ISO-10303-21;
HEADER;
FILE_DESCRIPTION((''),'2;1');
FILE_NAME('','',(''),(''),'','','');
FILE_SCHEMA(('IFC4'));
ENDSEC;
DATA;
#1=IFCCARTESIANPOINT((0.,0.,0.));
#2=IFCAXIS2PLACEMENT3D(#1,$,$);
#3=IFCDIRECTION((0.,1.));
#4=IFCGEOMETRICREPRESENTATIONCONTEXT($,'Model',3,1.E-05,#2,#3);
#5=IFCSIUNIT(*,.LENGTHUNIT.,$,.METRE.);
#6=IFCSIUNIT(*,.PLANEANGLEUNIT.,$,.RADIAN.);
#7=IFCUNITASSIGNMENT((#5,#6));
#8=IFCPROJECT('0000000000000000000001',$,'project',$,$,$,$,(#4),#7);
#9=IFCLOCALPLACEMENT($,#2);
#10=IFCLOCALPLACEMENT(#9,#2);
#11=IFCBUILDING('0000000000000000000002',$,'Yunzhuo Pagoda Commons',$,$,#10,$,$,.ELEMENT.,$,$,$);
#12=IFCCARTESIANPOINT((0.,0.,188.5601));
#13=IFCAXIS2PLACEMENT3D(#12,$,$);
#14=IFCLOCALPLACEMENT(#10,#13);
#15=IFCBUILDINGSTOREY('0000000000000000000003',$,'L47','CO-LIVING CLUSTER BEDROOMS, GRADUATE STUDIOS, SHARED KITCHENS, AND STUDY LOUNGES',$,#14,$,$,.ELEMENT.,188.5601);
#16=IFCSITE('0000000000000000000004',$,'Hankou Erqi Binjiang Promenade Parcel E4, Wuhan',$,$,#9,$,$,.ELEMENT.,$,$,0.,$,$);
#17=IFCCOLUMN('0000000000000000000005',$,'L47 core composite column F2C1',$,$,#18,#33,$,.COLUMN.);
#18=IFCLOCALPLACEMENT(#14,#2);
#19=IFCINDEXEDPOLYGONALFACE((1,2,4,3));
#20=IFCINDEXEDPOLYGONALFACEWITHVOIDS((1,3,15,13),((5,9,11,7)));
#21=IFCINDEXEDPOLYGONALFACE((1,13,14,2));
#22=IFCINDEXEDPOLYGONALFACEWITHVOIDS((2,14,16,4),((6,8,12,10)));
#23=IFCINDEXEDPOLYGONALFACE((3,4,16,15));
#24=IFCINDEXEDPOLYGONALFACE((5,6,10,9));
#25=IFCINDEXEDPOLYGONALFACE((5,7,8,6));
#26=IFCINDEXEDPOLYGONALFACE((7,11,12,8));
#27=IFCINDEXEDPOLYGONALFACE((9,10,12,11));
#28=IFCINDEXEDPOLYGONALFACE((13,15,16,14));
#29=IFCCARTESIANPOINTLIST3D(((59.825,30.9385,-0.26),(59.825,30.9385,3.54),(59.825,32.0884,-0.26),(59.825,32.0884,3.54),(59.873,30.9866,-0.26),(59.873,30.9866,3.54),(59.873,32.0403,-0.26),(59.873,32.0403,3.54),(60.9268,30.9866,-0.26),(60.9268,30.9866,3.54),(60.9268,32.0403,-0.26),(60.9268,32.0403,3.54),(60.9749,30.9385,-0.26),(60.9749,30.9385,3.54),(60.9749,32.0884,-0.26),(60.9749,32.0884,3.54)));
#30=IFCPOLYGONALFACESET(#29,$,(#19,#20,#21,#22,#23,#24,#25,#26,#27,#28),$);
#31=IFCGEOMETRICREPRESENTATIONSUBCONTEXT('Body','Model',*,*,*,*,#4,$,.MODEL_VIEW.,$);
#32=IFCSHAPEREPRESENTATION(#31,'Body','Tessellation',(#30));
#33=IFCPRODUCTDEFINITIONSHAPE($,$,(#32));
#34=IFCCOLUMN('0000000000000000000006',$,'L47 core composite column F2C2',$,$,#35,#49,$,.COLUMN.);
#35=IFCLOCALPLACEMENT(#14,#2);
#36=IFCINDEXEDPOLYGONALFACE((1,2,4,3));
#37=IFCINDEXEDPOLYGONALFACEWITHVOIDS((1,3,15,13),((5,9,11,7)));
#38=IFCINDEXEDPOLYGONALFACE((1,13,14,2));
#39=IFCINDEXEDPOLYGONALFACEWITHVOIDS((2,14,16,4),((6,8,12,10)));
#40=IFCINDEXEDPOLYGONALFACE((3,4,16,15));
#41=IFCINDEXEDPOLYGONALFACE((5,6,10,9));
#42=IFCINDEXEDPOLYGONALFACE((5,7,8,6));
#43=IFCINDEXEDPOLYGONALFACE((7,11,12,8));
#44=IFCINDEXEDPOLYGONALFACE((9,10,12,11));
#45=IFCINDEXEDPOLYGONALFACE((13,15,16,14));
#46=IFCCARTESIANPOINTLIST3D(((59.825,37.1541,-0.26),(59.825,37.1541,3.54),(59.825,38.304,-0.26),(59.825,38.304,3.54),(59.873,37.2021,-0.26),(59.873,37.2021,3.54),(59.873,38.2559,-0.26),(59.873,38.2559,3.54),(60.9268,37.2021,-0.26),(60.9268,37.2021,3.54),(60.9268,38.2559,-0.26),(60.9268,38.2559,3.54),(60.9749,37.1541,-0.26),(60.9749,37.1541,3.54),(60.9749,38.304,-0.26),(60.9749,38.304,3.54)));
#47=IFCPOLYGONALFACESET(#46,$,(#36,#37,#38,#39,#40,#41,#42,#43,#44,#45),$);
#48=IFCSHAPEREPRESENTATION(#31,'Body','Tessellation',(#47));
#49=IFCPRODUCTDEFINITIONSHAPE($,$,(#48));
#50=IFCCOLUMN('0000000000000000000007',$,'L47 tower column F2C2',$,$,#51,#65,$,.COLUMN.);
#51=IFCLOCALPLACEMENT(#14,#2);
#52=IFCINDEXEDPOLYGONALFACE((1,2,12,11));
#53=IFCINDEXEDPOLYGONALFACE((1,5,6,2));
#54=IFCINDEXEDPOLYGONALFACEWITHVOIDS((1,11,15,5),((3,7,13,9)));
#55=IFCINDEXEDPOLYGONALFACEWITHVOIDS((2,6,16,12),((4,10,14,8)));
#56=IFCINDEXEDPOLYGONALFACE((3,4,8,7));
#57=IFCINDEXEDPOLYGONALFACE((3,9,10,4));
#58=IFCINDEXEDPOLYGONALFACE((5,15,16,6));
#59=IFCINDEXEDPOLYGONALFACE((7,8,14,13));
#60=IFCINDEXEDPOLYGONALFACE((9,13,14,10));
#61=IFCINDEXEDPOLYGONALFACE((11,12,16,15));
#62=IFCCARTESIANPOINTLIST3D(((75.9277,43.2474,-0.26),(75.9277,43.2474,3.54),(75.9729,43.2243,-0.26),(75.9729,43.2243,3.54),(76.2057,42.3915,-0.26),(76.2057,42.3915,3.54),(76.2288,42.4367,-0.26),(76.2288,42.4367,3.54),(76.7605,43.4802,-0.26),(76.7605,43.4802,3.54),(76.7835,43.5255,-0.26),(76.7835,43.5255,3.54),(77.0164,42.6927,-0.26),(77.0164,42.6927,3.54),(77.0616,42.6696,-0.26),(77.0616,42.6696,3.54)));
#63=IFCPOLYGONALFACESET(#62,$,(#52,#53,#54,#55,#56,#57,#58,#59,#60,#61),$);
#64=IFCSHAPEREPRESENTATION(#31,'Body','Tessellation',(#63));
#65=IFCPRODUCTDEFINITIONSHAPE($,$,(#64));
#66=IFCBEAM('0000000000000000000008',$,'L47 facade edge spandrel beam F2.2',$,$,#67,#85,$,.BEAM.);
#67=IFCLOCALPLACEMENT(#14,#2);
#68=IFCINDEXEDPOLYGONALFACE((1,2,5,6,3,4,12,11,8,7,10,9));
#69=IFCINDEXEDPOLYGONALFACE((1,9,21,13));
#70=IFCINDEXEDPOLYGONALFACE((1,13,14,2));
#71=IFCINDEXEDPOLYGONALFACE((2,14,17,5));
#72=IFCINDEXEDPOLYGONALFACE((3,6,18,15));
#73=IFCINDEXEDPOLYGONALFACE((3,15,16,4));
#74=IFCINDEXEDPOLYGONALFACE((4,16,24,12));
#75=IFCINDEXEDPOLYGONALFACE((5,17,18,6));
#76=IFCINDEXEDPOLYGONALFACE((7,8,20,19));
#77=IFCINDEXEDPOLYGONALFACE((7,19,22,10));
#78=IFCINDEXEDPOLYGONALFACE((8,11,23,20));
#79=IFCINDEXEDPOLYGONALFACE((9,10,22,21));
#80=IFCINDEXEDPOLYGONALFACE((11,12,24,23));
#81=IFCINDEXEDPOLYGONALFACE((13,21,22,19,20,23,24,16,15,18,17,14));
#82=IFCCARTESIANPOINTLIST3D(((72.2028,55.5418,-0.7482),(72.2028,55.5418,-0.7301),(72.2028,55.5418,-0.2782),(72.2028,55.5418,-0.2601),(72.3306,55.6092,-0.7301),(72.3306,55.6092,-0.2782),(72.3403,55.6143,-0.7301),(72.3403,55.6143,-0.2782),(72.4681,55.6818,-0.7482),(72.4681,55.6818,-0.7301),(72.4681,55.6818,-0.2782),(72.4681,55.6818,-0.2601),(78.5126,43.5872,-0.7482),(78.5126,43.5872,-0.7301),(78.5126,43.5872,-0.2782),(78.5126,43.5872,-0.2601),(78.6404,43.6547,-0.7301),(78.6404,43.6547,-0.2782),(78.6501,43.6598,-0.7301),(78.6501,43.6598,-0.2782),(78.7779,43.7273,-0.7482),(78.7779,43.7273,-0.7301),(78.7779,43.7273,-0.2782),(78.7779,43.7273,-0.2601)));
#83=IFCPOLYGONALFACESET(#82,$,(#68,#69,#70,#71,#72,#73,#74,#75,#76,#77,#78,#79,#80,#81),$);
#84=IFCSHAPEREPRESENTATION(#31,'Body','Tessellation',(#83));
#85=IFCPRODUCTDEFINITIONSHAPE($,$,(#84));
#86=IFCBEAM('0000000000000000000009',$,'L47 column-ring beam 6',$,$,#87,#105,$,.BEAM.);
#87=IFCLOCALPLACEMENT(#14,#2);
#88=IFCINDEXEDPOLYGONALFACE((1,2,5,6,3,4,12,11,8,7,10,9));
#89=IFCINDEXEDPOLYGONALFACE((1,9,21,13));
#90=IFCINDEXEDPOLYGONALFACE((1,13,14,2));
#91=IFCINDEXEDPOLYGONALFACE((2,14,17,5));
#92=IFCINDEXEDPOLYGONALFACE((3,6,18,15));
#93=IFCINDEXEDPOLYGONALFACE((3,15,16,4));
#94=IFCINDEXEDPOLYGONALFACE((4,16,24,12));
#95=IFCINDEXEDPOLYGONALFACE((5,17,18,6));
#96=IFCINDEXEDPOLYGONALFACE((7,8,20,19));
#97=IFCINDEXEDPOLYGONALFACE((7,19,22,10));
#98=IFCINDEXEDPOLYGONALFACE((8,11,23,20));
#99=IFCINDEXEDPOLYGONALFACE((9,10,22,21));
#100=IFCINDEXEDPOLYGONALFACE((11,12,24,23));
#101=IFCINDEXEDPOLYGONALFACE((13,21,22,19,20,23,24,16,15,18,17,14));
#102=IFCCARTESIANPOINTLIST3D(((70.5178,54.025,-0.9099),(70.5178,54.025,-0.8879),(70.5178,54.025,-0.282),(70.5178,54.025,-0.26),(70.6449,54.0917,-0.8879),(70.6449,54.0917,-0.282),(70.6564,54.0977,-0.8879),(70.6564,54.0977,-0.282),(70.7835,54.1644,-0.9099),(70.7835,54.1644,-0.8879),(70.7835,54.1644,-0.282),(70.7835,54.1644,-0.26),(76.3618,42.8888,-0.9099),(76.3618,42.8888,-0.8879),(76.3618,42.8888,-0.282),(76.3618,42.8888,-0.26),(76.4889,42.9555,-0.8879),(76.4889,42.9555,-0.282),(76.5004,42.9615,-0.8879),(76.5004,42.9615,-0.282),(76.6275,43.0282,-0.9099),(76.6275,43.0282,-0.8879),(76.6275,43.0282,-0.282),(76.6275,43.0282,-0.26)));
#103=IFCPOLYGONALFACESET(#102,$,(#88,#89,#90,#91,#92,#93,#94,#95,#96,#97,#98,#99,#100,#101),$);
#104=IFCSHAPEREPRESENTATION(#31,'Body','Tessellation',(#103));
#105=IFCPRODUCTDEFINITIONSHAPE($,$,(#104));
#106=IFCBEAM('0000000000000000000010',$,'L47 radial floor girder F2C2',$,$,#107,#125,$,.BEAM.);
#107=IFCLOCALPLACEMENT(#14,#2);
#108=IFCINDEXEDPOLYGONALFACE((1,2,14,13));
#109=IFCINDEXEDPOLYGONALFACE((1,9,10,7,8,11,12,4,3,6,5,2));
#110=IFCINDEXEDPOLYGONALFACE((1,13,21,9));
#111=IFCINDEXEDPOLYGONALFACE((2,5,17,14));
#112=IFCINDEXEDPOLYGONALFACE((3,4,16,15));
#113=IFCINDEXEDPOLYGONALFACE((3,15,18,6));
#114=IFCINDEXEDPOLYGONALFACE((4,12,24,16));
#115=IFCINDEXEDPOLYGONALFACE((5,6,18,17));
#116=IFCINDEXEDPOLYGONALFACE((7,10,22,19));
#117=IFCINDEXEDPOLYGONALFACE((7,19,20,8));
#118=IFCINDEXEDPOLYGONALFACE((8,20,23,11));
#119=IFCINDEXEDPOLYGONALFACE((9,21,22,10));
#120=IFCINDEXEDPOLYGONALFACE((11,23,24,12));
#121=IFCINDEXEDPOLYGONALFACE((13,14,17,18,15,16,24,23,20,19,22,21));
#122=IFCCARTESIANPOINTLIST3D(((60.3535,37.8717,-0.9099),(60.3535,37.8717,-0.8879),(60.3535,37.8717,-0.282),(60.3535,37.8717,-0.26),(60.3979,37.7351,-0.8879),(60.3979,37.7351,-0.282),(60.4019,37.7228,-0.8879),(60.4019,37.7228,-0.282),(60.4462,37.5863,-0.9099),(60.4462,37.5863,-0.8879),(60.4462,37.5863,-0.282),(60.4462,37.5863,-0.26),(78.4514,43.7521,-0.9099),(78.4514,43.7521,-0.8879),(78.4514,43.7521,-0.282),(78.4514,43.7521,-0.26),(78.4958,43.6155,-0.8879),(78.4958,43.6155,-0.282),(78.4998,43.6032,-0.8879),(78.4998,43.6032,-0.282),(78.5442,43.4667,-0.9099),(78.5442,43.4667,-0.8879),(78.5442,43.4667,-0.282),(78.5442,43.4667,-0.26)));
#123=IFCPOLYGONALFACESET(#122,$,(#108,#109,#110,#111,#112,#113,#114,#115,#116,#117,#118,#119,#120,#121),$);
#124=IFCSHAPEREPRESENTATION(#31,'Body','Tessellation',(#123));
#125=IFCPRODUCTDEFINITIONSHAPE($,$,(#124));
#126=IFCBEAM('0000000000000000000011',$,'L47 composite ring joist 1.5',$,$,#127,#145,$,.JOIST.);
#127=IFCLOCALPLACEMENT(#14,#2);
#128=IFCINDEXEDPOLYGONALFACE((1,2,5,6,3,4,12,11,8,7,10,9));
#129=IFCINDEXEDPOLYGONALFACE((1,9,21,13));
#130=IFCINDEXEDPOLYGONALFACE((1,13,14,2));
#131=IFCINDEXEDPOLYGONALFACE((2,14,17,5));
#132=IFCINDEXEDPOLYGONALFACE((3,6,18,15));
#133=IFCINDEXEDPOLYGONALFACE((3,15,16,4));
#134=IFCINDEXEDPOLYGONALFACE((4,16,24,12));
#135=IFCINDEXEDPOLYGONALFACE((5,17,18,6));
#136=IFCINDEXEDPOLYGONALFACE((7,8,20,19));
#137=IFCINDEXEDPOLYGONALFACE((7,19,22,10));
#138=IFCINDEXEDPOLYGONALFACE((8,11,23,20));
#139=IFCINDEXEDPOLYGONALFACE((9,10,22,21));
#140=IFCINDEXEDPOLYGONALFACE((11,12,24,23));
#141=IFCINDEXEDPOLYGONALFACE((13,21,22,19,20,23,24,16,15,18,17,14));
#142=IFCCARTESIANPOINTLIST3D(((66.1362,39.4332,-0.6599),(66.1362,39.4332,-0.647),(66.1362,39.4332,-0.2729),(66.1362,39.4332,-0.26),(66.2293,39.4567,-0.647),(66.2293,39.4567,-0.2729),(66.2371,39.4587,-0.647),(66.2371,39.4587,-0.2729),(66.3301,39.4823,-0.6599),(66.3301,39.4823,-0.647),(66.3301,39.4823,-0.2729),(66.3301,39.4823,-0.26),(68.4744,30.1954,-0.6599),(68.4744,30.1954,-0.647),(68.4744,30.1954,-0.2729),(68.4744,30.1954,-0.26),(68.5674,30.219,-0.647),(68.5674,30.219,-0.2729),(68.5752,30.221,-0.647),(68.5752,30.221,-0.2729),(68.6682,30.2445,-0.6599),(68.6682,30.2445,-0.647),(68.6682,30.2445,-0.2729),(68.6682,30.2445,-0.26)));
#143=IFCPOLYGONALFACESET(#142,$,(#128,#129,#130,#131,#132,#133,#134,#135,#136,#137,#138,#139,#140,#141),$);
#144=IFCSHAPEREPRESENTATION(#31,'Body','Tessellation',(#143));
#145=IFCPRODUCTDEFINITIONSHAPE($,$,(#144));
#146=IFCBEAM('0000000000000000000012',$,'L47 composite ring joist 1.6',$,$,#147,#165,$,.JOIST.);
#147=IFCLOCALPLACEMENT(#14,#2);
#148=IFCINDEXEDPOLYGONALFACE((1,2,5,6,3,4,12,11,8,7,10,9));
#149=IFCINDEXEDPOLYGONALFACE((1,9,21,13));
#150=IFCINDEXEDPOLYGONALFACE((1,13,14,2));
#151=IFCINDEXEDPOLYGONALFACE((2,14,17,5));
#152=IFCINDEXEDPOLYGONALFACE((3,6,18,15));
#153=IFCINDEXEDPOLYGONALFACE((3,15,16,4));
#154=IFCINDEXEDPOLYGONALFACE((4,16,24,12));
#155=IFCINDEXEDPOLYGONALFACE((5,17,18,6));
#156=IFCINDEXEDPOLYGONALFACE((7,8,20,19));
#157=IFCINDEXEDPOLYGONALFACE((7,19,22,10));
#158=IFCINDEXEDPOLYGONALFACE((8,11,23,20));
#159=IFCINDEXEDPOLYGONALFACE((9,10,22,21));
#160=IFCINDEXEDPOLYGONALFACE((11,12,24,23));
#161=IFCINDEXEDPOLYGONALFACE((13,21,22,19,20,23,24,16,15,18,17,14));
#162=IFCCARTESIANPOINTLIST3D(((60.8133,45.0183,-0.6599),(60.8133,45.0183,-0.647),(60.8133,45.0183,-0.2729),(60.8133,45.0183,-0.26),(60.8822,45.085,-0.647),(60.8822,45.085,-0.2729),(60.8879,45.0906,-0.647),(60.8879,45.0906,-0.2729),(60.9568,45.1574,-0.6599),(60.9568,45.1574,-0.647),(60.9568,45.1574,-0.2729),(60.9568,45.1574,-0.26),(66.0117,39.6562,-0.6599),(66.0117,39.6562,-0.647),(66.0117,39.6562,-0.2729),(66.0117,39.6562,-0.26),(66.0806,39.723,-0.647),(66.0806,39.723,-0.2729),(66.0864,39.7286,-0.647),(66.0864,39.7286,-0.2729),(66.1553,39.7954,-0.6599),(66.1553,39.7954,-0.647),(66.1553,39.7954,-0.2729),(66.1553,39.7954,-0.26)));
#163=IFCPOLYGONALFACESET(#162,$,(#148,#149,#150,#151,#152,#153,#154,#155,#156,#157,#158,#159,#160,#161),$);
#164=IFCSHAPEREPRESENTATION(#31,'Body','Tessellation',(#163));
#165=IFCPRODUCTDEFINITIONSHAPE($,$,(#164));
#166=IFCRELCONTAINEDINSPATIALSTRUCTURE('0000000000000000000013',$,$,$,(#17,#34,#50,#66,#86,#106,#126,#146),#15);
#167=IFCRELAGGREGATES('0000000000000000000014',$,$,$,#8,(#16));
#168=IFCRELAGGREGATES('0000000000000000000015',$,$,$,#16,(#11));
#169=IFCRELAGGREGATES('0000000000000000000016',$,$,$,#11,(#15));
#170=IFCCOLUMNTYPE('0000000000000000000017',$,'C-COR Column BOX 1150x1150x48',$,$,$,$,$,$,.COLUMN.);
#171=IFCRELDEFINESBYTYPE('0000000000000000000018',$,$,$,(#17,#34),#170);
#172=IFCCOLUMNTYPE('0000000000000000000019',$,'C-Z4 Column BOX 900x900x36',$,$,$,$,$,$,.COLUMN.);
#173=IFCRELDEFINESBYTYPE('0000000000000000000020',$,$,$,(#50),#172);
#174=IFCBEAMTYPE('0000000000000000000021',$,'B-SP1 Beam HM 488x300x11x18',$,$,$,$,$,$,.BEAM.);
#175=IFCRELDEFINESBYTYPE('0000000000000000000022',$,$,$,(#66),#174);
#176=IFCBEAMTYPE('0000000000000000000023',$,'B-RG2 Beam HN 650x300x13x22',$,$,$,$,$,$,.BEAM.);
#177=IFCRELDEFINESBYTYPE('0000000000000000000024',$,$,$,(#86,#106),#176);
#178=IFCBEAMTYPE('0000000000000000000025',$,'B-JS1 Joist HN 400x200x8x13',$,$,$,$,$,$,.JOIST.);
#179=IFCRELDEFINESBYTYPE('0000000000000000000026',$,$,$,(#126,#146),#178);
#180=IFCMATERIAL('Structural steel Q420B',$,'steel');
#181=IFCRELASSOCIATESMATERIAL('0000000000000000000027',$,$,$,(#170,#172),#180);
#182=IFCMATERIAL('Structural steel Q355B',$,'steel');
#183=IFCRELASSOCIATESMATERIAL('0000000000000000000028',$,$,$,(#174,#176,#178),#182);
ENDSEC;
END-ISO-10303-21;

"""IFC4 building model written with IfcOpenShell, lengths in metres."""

from ifc_helpers import new_model, si_unit, direction, frame, origin, origin_2d, place, context, subcontext, project, spatial, hollow_rectangle, i_section, extrude, source, transform, mapped, material, material_profile, profile_set, type_object, element, save


model = new_model("IFC4")

# Units and contexts
model_context = context("Model", 3, precision=1e-05, world=origin(), true_north=direction((0.0, 1.0)))
body_context = subcontext(model_context, "Body", "Model", "MODEL_VIEW")
ifc_project = project(units=[si_unit("LENGTHUNIT", "METRE"), si_unit("PLANEANGLEUNIT", "RADIAN")], contexts=[model_context])

# Site, building, storey
site_placement = place(None, origin())
site = spatial("IfcSite", under=ifc_project, at=site_placement, Name="Hankou Erqi Binjiang Promenade Parcel E4, Wuhan", CompositionType="ELEMENT", RefElevation=0.0)
building_placement = place(site_placement, origin())
building = spatial("IfcBuilding", under=site, at=building_placement, Name="Yunzhuo Pagoda Commons", CompositionType="ELEMENT")
storey_placement = place(building_placement, frame((0.0, 0.0, 188.5601)))
storey = spatial("IfcBuildingStorey", under=building, at=storey_placement, Name="L47", Description="CO-LIVING CLUSTER BEDROOMS, GRADUATE STUDIOS, SHARED KITCHENS, AND STUDY LOUNGES", CompositionType="ELEMENT", Elevation=188.5601)

# Columns
ifc_material_1 = material(Name="Structural steel Q420B", Category="steel")
ifc_material_profile_1 = material_profile(ifc_material_1, hollow_rectangle(XDim=1.1499, YDim=1.1499, WallThickness=0.0481, at=origin_2d()), Name="Structural steel Q420B")
ifc_profile_set_1 = profile_set([ifc_material_profile_1], Name="Structural steel Q420B")
column_type_1 = type_object("IfcColumnType", Name="C-COR Column BOX 1150x1150x48", PredefinedType="COLUMN", material=ifc_profile_set_1)
shared_shape_1 = source(origin(), body_context, "Body", "SweptSolid", [
    extrude(hollow_rectangle(XDim=1.1499, YDim=1.1499, WallThickness=0.0481, at=origin_2d()), origin(), (0.0, 0.0, 1.0), 3.8),
])
for number, where, z_axis, x_axis, name in (
    (1, (60.3999, 31.5134, -0.26), (0.0, 0.0, 1.0), (1.0, 0.0, 0.0), "L47 core composite column F2C1"),
    (2, (60.3999, 37.729, -0.26), (0.0, 0.0, 1.0), (1.0, 0.0, 0.0), "L47 core composite column F2C2"),
):
    element("IfcColumn", number, at=place(storey_placement, frame(where, z_axis=z_axis, x_axis=x_axis)), inside=storey, type_object=column_type_1, Name=name, PredefinedType="COLUMN", context=body_context, shape_type="MappedRepresentation", body=[
        mapped(shared_shape_1, transform((0.0, 0.0, 0.0), scale=1.0)),
    ])
ifc_material_profile_2 = material_profile(ifc_material_1, hollow_rectangle(XDim=0.8999, YDim=0.8999, WallThickness=0.0359, at=origin_2d()), Name="Structural steel Q420B")
ifc_profile_set_2 = profile_set([ifc_material_profile_2], Name="Structural steel Q420B")
column_type_2 = type_object("IfcColumnType", Name="C-Z4 Column BOX 900x900x36", PredefinedType="COLUMN", material=ifc_profile_set_2)
shared_shape_2 = source(origin(), body_context, "Body", "SweptSolid", [
    extrude(hollow_rectangle(XDim=0.8999, YDim=0.8999, WallThickness=0.0359, at=origin_2d()), origin(), (0.0, 0.0, 1.0), 3.8),
])
column_placement = place(storey_placement, frame((76.4946, 42.9585, -0.26), z_axis=(0.0, 0.0, 1.0), x_axis=(-0.309017, 0.951057, 0.0)))
element("IfcColumn", 3, at=column_placement, inside=storey, type_object=column_type_2, Name="L47 tower column F2C2", PredefinedType="COLUMN", context=body_context, shape_type="MappedRepresentation", body=[
    mapped(shared_shape_2, transform((0.0, 0.0, 0.0), scale=1.0)),
])

# Beams
ifc_material_2 = material(Name="Structural steel Q355B", Category="steel")
ifc_material_profile_3 = material_profile(ifc_material_2, i_section(OverallWidth=0.3, OverallDepth=0.488, WebThickness=0.011, FlangeThickness=0.0181, at=origin_2d()), Name="Structural steel Q355B")
ifc_profile_set_3 = profile_set([ifc_material_profile_3], Name="Structural steel Q355B")
beam_type_1 = type_object("IfcBeamType", Name="B-SP1 Beam HM 488x300x11x18", PredefinedType="BEAM", material=ifc_profile_set_3)
shared_shape_3 = source(origin(), body_context, "Body", "SweptSolid", [
    extrude(i_section(OverallWidth=0.3, OverallDepth=0.488, WebThickness=0.011, FlangeThickness=0.0181, at=origin_2d()), origin(), (0.0, 0.0, 1.0), 13.5176),
])
beam_1_placement = place(storey_placement, frame((78.6453, 43.6572, -0.5042), z_axis=(-0.466785, 0.884371, 0.0), x_axis=(-0.884371, -0.466785, 0.0)))
element("IfcBeam", 4, at=beam_1_placement, inside=storey, type_object=beam_type_1, Name="L47 facade edge spandrel beam F2.2", PredefinedType="BEAM", context=body_context, shape_type="MappedRepresentation", body=[
    mapped(shared_shape_3, transform((0.0, 0.0, 0.0), scale=1.0)),
])
ifc_material_profile_4 = material_profile(ifc_material_2, i_section(OverallWidth=0.3, OverallDepth=0.6499, WebThickness=0.0129, FlangeThickness=0.022, at=origin_2d()), Name="Structural steel Q355B")
ifc_profile_set_4 = profile_set([ifc_material_profile_4], Name="Structural steel Q355B")
beam_type_2 = type_object("IfcBeamType", Name="B-RG2 Beam HN 650x300x13x22", PredefinedType="BEAM", material=ifc_profile_set_4)
shared_shape_4 = source(origin(), body_context, "Body", "SweptSolid", [
    extrude(i_section(OverallWidth=0.3, OverallDepth=0.6499, WebThickness=0.0129, FlangeThickness=0.022, at=origin_2d()), origin(), (0.0, 0.0, 1.0), 12.5764),
])
beam_2_placement = place(storey_placement, frame((76.4946, 42.9585, -0.585), z_axis=(-0.464676, 0.885481, 0.0), x_axis=(-0.885481, -0.464676, 0.0)))
element("IfcBeam", 5, at=beam_2_placement, inside=storey, type_object=beam_type_2, Name="L47 column-ring beam 6", PredefinedType="BEAM", context=body_context, shape_type="MappedRepresentation", body=[
    mapped(shared_shape_4, transform((0.0, 0.0, 0.0), scale=1.0)),
])
shared_shape_5 = source(origin(), body_context, "Body", "SweptSolid", [
    extrude(i_section(OverallWidth=0.3, OverallDepth=0.6499, WebThickness=0.0129, FlangeThickness=0.022, at=origin_2d()), origin(), (0.0, 0.0, 1.0), 19.0293),
])
beam_3_placement = place(storey_placement, frame((78.4978, 43.6094, -0.585), z_axis=(-0.951056, -0.309017, 0.0), x_axis=(0.309017, -0.951056, 0.0)))
element("IfcBeam", 6, at=beam_3_placement, inside=storey, type_object=beam_type_2, Name="L47 radial floor girder F2C2", PredefinedType="BEAM", context=body_context, shape_type="MappedRepresentation", body=[
    mapped(shared_shape_5, transform((0.0, 0.0, 0.0), scale=1.0)),
])
ifc_material_profile_5 = material_profile(ifc_material_2, i_section(OverallWidth=0.2, OverallDepth=0.3999, WebThickness=0.0081, FlangeThickness=0.0129, at=origin_2d()), Name="Structural steel Q355B")
ifc_profile_set_5 = profile_set([ifc_material_profile_5], Name="Structural steel Q355B")
beam_type_3 = type_object("IfcBeamType", Name="B-JS1 Joist HN 400x200x8x13", PredefinedType="JOIST", material=ifc_profile_set_5)
shared_shape_6 = source(origin(), body_context, "Body", "SweptSolid", [
    extrude(i_section(OverallWidth=0.2, OverallDepth=0.3999, WebThickness=0.0081, FlangeThickness=0.0129, at=origin_2d()), origin(), (0.0, 0.0, 1.0), 9.5291),
])
beam_4_placement = place(storey_placement, frame((68.5713, 30.22, -0.46), z_axis=(-0.245368, 0.96943, 0.0), x_axis=(-0.96943, -0.245368, 0.0)))
element("IfcBeam", 7, at=beam_4_placement, inside=storey, type_object=beam_type_3, Name="L47 composite ring joist 1.5", PredefinedType="JOIST", context=body_context, shape_type="MappedRepresentation", body=[
    mapped(shared_shape_6, transform((0.0, 0.0, 0.0), scale=1.0)),
])
shared_shape_7 = source(origin(), body_context, "Body", "SweptSolid", [
    extrude(i_section(OverallWidth=0.2, OverallDepth=0.3999, WebThickness=0.0081, FlangeThickness=0.0129, at=origin_2d()), origin(), (0.0, 0.0, 1.0), 7.4683),
])
beam_5_placement = place(storey_placement, frame((66.0835, 39.7258, -0.46), z_axis=(-0.696071, 0.717973, 0.0), x_axis=(-0.717973, -0.696071, 0.0)))
element("IfcBeam", 8, at=beam_5_placement, inside=storey, type_object=beam_type_3, Name="L47 composite ring joist 1.6", PredefinedType="JOIST", context=body_context, shape_type="MappedRepresentation", body=[
    mapped(shared_shape_7, transform((0.0, 0.0, 0.0), scale=1.0)),
])

save(model, "model.ifc")
